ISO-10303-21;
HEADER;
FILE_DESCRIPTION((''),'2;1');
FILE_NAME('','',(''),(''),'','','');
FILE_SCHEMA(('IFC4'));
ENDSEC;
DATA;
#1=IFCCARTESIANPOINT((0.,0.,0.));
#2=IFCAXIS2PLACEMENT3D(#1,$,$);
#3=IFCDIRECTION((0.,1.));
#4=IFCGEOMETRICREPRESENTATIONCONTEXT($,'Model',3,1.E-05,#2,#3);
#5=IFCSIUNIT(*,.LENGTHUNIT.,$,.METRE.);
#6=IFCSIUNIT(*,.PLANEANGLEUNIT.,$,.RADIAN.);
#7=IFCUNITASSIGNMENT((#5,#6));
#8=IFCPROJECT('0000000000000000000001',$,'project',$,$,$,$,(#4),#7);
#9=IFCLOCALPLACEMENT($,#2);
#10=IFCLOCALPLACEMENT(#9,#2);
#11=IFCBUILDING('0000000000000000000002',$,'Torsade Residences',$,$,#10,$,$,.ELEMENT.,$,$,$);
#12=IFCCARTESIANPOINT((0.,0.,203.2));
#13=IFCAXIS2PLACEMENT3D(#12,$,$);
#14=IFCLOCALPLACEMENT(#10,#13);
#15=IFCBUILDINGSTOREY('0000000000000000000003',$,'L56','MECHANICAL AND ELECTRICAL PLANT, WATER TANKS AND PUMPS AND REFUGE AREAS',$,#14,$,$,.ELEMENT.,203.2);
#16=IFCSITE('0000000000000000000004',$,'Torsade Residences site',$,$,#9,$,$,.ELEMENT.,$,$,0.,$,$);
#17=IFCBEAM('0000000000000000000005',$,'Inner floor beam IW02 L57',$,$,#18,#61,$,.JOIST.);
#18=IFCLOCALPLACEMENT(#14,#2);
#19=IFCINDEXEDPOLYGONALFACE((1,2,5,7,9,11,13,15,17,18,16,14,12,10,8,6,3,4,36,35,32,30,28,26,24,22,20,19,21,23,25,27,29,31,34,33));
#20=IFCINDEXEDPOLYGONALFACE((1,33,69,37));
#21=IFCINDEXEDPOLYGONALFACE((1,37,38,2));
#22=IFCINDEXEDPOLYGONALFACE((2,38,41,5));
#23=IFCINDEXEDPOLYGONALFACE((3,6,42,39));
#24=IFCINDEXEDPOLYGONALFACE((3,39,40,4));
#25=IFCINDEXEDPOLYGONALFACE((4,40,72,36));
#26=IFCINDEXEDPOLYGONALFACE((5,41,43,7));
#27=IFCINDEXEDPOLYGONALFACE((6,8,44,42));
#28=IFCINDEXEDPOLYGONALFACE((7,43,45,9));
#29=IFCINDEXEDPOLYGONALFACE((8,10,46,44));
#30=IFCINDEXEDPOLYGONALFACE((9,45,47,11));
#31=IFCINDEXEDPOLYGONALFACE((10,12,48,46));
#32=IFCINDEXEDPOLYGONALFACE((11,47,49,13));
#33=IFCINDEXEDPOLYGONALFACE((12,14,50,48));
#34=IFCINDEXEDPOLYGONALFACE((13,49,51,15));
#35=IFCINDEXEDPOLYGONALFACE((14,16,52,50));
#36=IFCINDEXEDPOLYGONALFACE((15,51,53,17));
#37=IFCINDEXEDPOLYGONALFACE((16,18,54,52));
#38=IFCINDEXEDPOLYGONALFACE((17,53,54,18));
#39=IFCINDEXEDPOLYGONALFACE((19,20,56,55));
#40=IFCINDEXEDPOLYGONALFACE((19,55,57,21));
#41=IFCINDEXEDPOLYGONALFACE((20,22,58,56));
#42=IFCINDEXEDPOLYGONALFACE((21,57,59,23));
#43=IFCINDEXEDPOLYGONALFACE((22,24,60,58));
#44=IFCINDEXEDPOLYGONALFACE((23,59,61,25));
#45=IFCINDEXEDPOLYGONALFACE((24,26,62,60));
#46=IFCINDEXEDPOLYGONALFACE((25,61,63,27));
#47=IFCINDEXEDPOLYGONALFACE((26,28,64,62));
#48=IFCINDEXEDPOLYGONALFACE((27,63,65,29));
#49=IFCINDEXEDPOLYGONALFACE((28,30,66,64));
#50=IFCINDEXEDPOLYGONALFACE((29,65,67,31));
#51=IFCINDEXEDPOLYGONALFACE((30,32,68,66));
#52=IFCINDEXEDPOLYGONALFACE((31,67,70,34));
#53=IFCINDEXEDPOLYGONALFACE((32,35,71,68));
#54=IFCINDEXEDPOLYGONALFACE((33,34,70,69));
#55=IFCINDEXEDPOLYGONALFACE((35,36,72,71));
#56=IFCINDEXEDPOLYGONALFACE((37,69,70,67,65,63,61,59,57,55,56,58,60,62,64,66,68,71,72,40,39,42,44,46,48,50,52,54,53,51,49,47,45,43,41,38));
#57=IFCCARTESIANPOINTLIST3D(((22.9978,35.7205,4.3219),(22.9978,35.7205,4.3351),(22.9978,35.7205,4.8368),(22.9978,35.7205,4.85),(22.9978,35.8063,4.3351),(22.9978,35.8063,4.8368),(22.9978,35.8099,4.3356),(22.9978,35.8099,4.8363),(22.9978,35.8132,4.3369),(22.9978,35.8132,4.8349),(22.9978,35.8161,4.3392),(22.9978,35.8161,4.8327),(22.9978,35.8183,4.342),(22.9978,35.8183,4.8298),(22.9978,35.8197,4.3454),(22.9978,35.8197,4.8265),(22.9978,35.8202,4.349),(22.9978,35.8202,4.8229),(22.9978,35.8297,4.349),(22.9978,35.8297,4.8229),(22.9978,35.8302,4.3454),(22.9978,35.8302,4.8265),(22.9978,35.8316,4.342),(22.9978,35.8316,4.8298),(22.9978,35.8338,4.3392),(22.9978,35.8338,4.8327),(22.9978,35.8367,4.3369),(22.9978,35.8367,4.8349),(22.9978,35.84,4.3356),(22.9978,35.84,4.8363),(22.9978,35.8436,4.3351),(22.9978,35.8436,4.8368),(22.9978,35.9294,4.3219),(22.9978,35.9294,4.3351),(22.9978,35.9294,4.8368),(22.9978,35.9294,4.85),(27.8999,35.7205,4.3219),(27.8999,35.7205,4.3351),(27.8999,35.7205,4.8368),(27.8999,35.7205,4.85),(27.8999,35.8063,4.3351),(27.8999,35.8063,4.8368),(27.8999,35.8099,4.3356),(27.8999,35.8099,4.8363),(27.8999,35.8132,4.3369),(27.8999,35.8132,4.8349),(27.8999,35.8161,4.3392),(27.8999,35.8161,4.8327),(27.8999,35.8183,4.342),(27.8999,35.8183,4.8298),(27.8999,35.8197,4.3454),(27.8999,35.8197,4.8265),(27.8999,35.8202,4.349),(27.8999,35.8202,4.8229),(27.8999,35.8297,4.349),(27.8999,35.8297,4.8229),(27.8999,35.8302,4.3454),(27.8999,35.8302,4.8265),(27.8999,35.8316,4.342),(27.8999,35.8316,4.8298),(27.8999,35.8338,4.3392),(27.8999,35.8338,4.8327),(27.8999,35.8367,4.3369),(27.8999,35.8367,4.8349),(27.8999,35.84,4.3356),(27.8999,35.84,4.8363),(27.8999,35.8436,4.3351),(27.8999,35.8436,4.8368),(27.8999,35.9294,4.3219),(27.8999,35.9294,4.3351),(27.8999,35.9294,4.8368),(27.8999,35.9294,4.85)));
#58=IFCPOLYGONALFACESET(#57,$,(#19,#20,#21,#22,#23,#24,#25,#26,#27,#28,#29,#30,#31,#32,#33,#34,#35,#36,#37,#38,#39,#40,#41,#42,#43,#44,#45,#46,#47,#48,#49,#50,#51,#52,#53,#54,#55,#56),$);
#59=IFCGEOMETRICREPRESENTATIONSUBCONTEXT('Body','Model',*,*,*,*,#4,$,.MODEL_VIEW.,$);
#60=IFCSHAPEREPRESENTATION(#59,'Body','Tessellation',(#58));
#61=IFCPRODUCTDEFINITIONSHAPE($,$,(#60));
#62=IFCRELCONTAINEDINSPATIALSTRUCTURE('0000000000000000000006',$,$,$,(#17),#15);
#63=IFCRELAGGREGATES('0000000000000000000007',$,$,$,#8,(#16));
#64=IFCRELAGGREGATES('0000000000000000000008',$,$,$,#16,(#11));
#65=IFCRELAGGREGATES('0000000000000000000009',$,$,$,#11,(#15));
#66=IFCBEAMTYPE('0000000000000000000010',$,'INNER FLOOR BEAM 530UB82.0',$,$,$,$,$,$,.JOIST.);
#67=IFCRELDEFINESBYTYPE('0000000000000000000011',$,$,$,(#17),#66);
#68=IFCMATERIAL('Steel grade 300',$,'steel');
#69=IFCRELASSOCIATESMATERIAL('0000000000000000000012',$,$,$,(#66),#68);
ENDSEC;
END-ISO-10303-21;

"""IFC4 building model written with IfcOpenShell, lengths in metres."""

from ifc_helpers import new_model, si_unit, direction, frame, origin, origin_2d, place, context, subcontext, project, spatial, i_section, extrude, material, material_profile, profile_set, type_object, element, save


model = new_model("IFC4")

# Units and contexts
model_context = context("Model", 3, precision=1e-05, world=origin(), true_north=direction((0.0, 1.0)))
body_context = subcontext(model_context, "Body", "Model", "MODEL_VIEW")
ifc_project = project(units=[si_unit("LENGTHUNIT", "METRE"), si_unit("PLANEANGLEUNIT", "RADIAN")], contexts=[model_context])

# Site, building, storey
site_placement = place(None, origin())
site = spatial("IfcSite", under=ifc_project, at=site_placement, Name="Torsade Residences site", CompositionType="ELEMENT", RefElevation=0.0)
building_placement = place(site_placement, origin())
building = spatial("IfcBuilding", under=site, at=building_placement, Name="Torsade Residences", CompositionType="ELEMENT")
storey_placement = place(building_placement, frame((0.0, 0.0, 203.2)))
storey = spatial("IfcBuildingStorey", under=building, at=storey_placement, Name="L56", Description="MECHANICAL AND ELECTRICAL PLANT, WATER TANKS AND PUMPS AND REFUGE AREAS", CompositionType="ELEMENT", Elevation=203.2)

# Beam
ifc_material_1 = material(Name="Steel grade 300", Category="steel")
ifc_material_profile = material_profile(ifc_material_1, i_section(OverallWidth=0.209, OverallDepth=0.5281, WebThickness=0.0095, FlangeThickness=0.0132, FilletRadius=0.0139, at=origin_2d()), Name="530UB82.0")
ifc_profile_set = profile_set([ifc_material_profile], Name="Steel grade 300")
beam_type = type_object("IfcBeamType", Name="INNER FLOOR BEAM 530UB82.0", PredefinedType="JOIST", material=ifc_profile_set)
beam_placement = place(storey_placement, frame((27.8999, 35.825, 4.5859), z_axis=(-1.0, 0.0, 0.0), x_axis=(0.0, -1.0, 0.0)))
element("IfcBeam", 1, at=beam_placement, inside=storey, type_object=beam_type, Name="Inner floor beam IW02 L57", PredefinedType="JOIST", context=body_context, shape_type="SweptSolid", body=[
    extrude(i_section(OverallWidth=0.209, OverallDepth=0.5281, WebThickness=0.0095, FlangeThickness=0.0132, FilletRadius=0.0139, at=origin_2d()), origin(), (0.0, 0.0, 1.0), 4.9021),
])

save(model, "model.ifc")
